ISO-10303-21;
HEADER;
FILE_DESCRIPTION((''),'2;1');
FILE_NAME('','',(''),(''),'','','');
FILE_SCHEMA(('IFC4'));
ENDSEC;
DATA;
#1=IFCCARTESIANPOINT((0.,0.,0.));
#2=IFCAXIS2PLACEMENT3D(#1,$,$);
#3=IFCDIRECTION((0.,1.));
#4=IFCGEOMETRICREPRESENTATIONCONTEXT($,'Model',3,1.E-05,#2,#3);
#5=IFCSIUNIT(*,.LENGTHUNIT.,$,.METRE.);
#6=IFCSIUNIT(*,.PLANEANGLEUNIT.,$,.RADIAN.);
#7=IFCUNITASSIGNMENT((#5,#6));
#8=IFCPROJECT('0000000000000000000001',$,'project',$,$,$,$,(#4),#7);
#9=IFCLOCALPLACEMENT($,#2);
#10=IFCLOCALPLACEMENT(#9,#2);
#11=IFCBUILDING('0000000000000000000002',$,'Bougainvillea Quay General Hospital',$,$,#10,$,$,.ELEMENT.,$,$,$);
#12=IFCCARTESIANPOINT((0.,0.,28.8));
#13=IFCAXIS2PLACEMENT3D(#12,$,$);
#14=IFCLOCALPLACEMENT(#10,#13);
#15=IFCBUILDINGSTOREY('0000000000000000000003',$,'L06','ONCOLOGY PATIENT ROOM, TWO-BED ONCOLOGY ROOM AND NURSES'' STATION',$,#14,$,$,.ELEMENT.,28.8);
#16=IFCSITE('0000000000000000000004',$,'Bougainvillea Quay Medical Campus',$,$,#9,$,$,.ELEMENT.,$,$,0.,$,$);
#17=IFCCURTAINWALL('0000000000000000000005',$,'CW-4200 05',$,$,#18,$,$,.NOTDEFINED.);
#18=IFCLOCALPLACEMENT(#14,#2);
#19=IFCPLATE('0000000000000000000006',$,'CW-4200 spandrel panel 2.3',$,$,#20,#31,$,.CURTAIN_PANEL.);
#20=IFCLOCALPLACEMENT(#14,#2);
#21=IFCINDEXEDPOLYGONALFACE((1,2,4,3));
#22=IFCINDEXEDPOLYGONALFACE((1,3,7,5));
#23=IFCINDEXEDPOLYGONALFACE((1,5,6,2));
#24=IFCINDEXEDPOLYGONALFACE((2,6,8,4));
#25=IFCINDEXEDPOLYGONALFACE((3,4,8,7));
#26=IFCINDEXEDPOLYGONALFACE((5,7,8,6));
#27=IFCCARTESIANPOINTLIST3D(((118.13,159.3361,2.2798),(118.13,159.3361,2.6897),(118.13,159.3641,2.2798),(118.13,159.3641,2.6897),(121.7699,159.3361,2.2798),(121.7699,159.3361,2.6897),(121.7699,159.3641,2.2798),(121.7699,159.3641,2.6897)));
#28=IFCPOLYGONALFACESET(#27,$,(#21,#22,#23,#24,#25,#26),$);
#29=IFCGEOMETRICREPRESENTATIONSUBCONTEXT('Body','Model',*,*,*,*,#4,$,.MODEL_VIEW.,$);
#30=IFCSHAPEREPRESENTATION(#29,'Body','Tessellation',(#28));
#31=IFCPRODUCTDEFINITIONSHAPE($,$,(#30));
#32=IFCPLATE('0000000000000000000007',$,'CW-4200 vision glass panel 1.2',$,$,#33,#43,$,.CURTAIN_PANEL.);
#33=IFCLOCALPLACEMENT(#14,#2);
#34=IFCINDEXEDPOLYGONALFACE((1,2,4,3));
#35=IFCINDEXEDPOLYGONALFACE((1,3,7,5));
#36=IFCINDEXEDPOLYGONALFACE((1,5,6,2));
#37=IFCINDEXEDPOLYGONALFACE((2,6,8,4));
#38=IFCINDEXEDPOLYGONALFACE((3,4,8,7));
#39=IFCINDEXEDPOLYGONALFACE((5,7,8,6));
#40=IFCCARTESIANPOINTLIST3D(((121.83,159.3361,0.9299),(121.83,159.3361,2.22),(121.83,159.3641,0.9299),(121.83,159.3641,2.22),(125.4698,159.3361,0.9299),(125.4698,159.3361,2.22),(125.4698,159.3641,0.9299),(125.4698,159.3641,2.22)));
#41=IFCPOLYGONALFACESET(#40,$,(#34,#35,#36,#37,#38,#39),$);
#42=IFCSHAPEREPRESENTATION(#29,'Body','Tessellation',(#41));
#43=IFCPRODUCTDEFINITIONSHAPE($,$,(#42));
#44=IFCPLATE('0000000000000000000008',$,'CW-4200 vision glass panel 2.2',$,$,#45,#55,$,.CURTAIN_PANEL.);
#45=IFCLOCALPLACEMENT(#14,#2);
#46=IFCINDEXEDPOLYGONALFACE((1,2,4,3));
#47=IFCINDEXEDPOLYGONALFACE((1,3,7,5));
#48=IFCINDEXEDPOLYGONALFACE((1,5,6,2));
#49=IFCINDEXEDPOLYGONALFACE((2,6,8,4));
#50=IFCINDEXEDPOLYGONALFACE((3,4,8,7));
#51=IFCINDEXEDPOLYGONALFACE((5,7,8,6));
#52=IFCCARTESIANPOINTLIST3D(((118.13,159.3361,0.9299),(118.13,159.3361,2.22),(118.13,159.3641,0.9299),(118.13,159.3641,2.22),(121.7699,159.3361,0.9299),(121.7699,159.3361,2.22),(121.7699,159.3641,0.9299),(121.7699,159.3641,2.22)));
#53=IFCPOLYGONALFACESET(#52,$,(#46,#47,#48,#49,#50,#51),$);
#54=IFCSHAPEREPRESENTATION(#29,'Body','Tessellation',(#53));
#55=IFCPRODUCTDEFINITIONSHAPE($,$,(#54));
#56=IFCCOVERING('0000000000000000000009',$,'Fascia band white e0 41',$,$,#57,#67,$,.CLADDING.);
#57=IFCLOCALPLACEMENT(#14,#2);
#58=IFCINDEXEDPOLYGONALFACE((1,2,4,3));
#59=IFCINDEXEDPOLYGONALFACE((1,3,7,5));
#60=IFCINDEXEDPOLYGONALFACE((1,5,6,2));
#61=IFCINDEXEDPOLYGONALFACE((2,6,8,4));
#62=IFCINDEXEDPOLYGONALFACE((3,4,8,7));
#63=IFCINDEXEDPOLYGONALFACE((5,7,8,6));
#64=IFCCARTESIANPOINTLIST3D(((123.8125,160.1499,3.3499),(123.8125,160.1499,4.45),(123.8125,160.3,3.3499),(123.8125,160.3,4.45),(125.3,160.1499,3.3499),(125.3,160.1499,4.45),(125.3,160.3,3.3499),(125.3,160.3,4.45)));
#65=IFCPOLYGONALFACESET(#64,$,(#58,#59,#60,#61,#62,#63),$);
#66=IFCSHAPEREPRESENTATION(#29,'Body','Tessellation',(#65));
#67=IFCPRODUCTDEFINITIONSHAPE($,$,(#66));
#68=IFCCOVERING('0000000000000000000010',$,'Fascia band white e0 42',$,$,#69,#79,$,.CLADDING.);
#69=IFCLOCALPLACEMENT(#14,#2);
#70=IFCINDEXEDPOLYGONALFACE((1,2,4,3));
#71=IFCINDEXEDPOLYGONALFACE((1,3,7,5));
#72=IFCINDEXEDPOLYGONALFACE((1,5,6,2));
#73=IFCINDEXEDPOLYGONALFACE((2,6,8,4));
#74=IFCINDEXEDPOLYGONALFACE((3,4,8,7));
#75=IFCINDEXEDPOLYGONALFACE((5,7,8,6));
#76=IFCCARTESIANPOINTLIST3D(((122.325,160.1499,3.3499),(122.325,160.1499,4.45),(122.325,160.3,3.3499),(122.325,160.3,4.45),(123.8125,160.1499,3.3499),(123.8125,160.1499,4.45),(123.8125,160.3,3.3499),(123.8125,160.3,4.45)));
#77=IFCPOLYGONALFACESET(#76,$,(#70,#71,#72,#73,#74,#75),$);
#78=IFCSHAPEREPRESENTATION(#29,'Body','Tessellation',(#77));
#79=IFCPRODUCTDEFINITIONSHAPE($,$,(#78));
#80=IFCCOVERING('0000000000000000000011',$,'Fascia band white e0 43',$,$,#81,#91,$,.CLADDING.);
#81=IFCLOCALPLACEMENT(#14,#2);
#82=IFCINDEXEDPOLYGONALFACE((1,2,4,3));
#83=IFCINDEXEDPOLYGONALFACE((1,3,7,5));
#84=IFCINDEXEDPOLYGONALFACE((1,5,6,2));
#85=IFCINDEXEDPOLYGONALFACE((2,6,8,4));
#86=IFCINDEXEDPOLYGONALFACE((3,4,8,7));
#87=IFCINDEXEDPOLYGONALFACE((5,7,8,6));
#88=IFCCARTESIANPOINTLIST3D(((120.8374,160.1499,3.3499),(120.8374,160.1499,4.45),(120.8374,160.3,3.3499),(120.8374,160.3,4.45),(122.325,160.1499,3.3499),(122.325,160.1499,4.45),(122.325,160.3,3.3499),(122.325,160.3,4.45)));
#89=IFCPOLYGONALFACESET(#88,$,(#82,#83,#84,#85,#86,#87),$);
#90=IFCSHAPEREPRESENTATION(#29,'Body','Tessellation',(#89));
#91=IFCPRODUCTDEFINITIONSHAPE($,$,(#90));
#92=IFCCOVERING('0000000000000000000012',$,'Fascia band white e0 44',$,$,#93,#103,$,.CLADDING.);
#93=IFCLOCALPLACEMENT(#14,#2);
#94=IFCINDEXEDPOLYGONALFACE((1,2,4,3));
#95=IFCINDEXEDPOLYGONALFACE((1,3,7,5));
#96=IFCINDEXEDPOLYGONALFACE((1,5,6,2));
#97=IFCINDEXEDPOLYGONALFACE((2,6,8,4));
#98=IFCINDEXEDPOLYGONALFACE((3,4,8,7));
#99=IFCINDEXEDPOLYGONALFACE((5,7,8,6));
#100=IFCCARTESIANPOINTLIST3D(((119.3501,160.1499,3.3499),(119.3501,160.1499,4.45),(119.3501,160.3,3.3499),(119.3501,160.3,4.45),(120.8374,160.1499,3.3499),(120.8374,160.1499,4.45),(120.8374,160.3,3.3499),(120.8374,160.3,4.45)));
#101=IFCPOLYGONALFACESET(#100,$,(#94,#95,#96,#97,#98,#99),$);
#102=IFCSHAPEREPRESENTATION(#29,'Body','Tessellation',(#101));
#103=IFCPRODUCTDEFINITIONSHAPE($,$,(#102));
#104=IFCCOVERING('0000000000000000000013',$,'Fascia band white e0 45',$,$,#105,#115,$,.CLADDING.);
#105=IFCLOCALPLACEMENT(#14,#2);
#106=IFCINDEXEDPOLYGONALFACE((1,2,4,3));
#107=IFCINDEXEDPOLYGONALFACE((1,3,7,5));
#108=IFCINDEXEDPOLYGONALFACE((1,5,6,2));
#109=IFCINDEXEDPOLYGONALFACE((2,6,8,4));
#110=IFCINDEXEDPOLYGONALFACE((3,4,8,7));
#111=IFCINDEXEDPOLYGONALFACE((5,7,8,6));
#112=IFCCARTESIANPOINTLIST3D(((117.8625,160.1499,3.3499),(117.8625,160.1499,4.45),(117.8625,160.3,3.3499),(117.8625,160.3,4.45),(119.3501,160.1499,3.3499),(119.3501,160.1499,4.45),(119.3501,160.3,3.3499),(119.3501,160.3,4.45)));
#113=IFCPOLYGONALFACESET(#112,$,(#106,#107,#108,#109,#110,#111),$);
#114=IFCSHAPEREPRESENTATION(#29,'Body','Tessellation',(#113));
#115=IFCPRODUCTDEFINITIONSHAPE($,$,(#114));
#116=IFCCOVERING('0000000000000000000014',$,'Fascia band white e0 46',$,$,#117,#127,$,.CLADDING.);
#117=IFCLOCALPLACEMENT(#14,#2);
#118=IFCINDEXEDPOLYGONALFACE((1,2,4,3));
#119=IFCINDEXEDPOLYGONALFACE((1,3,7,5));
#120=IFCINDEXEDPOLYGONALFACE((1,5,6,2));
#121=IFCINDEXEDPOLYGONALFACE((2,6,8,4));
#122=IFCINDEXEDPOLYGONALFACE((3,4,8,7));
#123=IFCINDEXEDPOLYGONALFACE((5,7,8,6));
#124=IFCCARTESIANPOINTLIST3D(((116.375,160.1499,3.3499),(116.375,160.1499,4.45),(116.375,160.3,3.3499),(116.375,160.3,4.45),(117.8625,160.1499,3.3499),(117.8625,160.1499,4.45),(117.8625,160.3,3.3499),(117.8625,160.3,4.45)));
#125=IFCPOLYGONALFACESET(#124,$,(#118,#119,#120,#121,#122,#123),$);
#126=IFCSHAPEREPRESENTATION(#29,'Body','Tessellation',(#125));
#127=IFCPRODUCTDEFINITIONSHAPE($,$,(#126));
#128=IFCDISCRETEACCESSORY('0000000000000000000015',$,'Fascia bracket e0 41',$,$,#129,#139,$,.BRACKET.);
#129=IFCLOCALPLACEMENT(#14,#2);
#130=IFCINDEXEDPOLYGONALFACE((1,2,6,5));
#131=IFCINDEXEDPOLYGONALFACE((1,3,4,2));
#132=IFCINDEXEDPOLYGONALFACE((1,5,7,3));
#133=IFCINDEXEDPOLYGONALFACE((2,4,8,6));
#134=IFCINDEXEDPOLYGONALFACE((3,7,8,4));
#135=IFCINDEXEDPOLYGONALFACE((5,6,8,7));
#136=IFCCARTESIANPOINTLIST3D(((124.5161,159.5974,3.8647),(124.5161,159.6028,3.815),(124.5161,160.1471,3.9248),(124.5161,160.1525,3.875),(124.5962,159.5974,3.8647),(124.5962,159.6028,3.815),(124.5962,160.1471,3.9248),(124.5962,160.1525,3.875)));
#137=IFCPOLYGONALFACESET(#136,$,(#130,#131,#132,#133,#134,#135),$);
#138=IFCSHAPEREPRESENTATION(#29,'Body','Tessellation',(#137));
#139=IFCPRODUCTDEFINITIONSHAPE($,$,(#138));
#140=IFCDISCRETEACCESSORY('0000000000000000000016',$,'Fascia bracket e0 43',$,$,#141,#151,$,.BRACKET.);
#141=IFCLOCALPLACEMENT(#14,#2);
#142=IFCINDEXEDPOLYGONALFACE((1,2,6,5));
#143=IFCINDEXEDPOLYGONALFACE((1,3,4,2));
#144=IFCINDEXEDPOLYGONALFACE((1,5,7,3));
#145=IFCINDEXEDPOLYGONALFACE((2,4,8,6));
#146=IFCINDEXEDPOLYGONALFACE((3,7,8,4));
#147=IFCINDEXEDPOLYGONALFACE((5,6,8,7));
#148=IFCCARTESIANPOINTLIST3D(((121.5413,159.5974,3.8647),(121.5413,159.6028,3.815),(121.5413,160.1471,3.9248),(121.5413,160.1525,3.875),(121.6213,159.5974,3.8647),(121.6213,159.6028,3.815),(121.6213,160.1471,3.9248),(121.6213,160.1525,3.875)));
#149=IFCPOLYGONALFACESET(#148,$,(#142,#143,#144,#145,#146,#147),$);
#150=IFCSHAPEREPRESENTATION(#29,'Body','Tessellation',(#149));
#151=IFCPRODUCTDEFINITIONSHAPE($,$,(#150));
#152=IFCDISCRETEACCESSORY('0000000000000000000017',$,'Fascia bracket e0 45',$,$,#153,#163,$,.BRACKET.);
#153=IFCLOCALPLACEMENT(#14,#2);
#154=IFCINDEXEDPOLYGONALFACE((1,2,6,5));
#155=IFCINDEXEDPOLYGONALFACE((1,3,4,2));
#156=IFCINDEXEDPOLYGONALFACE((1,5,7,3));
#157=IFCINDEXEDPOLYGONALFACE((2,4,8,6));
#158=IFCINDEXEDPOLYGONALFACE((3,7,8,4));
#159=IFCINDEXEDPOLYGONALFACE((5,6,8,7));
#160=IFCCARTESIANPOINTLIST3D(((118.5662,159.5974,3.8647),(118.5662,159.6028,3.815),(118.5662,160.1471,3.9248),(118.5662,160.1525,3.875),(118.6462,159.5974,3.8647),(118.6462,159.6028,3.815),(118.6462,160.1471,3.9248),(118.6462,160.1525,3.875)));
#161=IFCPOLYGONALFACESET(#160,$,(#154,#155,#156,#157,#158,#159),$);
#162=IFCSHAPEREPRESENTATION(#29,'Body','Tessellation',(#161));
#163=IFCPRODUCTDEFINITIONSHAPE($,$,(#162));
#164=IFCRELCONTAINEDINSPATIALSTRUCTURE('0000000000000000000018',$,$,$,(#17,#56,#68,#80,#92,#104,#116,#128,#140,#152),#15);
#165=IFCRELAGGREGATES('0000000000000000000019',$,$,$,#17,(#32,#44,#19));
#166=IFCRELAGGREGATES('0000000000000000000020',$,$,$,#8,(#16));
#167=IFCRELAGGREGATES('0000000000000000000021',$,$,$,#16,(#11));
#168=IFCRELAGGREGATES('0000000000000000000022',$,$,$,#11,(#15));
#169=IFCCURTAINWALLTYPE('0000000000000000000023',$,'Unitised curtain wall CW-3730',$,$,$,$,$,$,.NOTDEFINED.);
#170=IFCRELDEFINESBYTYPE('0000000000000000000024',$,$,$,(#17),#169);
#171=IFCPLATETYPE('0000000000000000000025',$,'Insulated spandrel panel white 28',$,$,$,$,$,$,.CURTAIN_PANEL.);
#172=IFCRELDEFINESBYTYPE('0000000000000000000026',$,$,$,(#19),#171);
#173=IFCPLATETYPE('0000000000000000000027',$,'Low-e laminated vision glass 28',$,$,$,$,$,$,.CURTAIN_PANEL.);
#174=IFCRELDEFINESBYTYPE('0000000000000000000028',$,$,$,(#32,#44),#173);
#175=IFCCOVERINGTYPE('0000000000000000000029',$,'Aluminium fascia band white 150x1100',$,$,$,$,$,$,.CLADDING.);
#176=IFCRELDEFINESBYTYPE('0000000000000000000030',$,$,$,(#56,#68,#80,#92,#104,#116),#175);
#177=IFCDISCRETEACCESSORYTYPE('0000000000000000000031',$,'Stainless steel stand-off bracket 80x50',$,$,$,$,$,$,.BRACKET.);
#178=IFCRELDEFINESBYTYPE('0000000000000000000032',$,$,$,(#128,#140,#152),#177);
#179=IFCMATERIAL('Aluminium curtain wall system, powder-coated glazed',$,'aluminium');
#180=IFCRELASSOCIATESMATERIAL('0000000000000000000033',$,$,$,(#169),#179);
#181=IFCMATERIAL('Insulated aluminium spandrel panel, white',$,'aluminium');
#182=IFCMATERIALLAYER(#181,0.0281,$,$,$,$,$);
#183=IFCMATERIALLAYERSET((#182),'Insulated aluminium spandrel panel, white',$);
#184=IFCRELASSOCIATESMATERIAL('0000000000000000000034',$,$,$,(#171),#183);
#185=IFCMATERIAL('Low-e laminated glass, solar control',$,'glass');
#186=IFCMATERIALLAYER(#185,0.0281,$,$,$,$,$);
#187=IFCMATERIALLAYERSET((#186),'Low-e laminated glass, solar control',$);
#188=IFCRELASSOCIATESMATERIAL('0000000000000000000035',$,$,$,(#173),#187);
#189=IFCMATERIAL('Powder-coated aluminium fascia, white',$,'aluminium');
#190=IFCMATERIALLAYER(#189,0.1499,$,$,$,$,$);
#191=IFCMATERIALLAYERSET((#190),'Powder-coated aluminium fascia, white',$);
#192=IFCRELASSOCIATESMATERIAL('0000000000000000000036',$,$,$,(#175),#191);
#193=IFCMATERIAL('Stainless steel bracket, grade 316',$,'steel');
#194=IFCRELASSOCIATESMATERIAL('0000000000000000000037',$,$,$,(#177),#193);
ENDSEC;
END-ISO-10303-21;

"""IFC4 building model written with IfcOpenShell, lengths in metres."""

from ifc_helpers import new_model, si_unit, direction, frame, origin, origin_2d, place, context, subcontext, project, spatial, polyline, rectangle, outline, extrude, material, layer, layer_set, material_profile, profile_set, type_object, element, aggregate, save


model = new_model("IFC4")

# Units and contexts
model_context = context("Model", 3, precision=1e-05, world=origin(), true_north=direction((0.0, 1.0)))
body_context = subcontext(model_context, "Body", "Model", "MODEL_VIEW")
ifc_project = project(units=[si_unit("LENGTHUNIT", "METRE"), si_unit("PLANEANGLEUNIT", "RADIAN")], contexts=[model_context])

# Site, building, storey
site_placement = place(None, origin())
site = spatial("IfcSite", under=ifc_project, at=site_placement, Name="Bougainvillea Quay Medical Campus", CompositionType="ELEMENT", RefElevation=0.0)
building_placement = place(site_placement, origin())
building = spatial("IfcBuilding", under=site, at=building_placement, Name="Bougainvillea Quay General Hospital", CompositionType="ELEMENT")
storey_placement = place(building_placement, frame((0.0, 0.0, 28.8)))
storey = spatial("IfcBuildingStorey", under=building, at=storey_placement, Name="L06", Description="ONCOLOGY PATIENT ROOM, TWO-BED ONCOLOGY ROOM AND NURSES' STATION", CompositionType="ELEMENT", Elevation=28.8)

# Curtain wall
ifc_material_1 = material(Name="Aluminium curtain wall system, powder-coated glazed", Category="aluminium")
curtain_wall_type = type_object("IfcCurtainWallType", Name="Unitised curtain wall CW-3730", PredefinedType="NOTDEFINED", material=ifc_material_1)
curtain_wall_placement = place(storey_placement, origin())
curtain_wall = element("IfcCurtainWall", 1, at=curtain_wall_placement, inside=storey, type_object=curtain_wall_type, Name="CW-4200 05", PredefinedType="NOTDEFINED")

# Plates
ifc_material_2 = material(Name="Insulated aluminium spandrel panel, white", Category="aluminium")
ifc_layer_1 = layer(ifc_material_2, 0.0281)
ifc_layer_set_1 = layer_set([ifc_layer_1], Name="Insulated aluminium spandrel panel, white")
plate_type_1 = type_object("IfcPlateType", Name="Insulated spandrel panel white 28", PredefinedType="CURTAIN_PANEL", material=ifc_layer_set_1)
plate_1_placement = place(storey_placement, frame((119.95, 159.3501, 2.2798), z_axis=(0.0, 0.0, 1.0), x_axis=(-1.0, 0.0, 0.0)))
plate_1 = element("IfcPlate", 2, at=plate_1_placement, type_object=plate_type_1, Name="CW-4200 spandrel panel 2.3", PredefinedType="CURTAIN_PANEL", context=body_context, shape_type="SweptSolid", body=[
    extrude(rectangle(XDim=3.6399, YDim=0.0281, at=origin_2d()), origin(), (0.0, 0.0, 1.0), 0.4099),
])
ifc_material_3 = material(Name="Low-e laminated glass, solar control", Category="glass")
ifc_layer_2 = layer(ifc_material_3, 0.0281)
ifc_layer_set_2 = layer_set([ifc_layer_2], Name="Low-e laminated glass, solar control")
plate_type_2 = type_object("IfcPlateType", Name="Low-e laminated vision glass 28", PredefinedType="CURTAIN_PANEL", material=ifc_layer_set_2)
plate_2_placement = place(storey_placement, frame((123.6499, 159.3501, 0.9299), z_axis=(0.0, 0.0, 1.0), x_axis=(-1.0, 0.0, 0.0)))
plate_2 = element("IfcPlate", 3, at=plate_2_placement, type_object=plate_type_2, Name="CW-4200 vision glass panel 1.2", PredefinedType="CURTAIN_PANEL", context=body_context, shape_type="SweptSolid", body=[
    extrude(rectangle(XDim=3.6399, YDim=0.0281, at=origin_2d()), origin(), (0.0, 0.0, 1.0), 1.29),
])
plate_3_placement = place(storey_placement, frame((119.95, 159.3501, 0.9299), z_axis=(0.0, 0.0, 1.0), x_axis=(-1.0, 0.0, 0.0)))
plate_3 = element("IfcPlate", 4, at=plate_3_placement, type_object=plate_type_2, Name="CW-4200 vision glass panel 2.2", PredefinedType="CURTAIN_PANEL", context=body_context, shape_type="SweptSolid", body=[
    extrude(rectangle(XDim=3.6399, YDim=0.0281, at=origin_2d()), origin(), (0.0, 0.0, 1.0), 1.29),
])
aggregate(curtain_wall, [plate_2, plate_3, plate_1])

# Coverings
ifc_material_4 = material(Name="Powder-coated aluminium fascia, white", Category="aluminium")
ifc_layer_3 = layer(ifc_material_4, 0.1499)
ifc_layer_set_3 = layer_set([ifc_layer_3], Name="Powder-coated aluminium fascia, white")
covering_type = type_object("IfcCoveringType", Name="Aluminium fascia band white 150x1100", PredefinedType="CLADDING", material=ifc_layer_set_3)
for number, where, z_axis, x_axis, name in (
    (5, (125.3, 160.1499, 3.3499), (0.0, 0.0, 1.0), (-1.0, 0.0, 0.0), "Fascia band white e0 41"),
    (6, (123.8125, 160.1499, 3.3499), (0.0, 0.0, 1.0), (-1.0, 0.0, 0.0), "Fascia band white e0 42"),
    (7, (122.325, 160.1499, 3.3499), (0.0, 0.0, 1.0), (-1.0, 0.0, 0.0), "Fascia band white e0 43"),
):
    element("IfcCovering", number, at=place(storey_placement, frame(where, z_axis=z_axis, x_axis=x_axis)), inside=storey, type_object=covering_type, Name=name, PredefinedType="CLADDING", context=body_context, shape_type="SweptSolid", body=[
        extrude(outline(polyline([(0.0, 0.0), (1.4875, 0.0), (1.4875, -0.1501), (0.0, -0.1501), (0.0, 0.0)])), origin(), (0.0, 0.0, 1.0), 1.1001),
    ])
covering_placement = place(storey_placement, frame((120.8374, 160.1499, 3.3499), z_axis=(0.0, 0.0, 1.0), x_axis=(-1.0, 0.0, 0.0)))
element("IfcCovering", 8, at=covering_placement, inside=storey, type_object=covering_type, Name="Fascia band white e0 44", PredefinedType="CLADDING", context=body_context, shape_type="SweptSolid", body=[
    extrude(outline(polyline([(0.0, 0.0), (1.4873, 0.0), (1.4873, -0.1501), (0.0, -0.1501), (0.0, 0.0)])), origin(), (0.0, 0.0, 1.0), 1.1001),
])
for number, where, z_axis, x_axis, name in (
    (9, (119.3501, 160.1499, 3.3499), (0.0, 0.0, 1.0), (-1.0, 0.0, 0.0), "Fascia band white e0 45"),
    (10, (117.8625, 160.1499, 3.3499), (0.0, 0.0, 1.0), (-1.0, 0.0, 0.0), "Fascia band white e0 46"),
):
    element("IfcCovering", number, at=place(storey_placement, frame(where, z_axis=z_axis, x_axis=x_axis)), inside=storey, type_object=covering_type, Name=name, PredefinedType="CLADDING", context=body_context, shape_type="SweptSolid", body=[
        extrude(outline(polyline([(0.0, 0.0), (1.4875, 0.0), (1.4875, -0.1501), (0.0, -0.1501), (0.0, 0.0)])), origin(), (0.0, 0.0, 1.0), 1.1001),
    ])

# Discrete accessories
ifc_material_5 = material(Name="Stainless steel bracket, grade 316", Category="steel")
ifc_material_profile_1 = material_profile(ifc_material_5, rectangle(XDim=0.0801, YDim=0.05, at=origin_2d()))
ifc_profile_set_1 = profile_set([ifc_material_profile_1], Name="Stainless steel bracket, grade 316")
discrete_accessory_type = type_object("IfcDiscreteAccessoryType", Name="Stainless steel stand-off bracket 80x50", PredefinedType="BRACKET", material=ifc_profile_set_1)
for number, where, z_axis, x_axis, name in (
    (11, (124.5562, 159.6001, 3.8398), (0.0, 0.994087, 0.10859), (-1.0, 0.0, 0.0), "Fascia bracket e0 41"),
    (12, (121.5813, 159.6001, 3.8398), (0.0, 0.994087, 0.10859), (-1.0, 0.0, 0.0), "Fascia bracket e0 43"),
    (13, (118.6062, 159.6001, 3.8398), (0.0, 0.994087, 0.10859), (-1.0, 0.0, 0.0), "Fascia bracket e0 45"),
):
    element("IfcDiscreteAccessory", number, at=place(storey_placement, frame(where, z_axis=z_axis, x_axis=x_axis)), inside=storey, type_object=discrete_accessory_type, Name=name, PredefinedType="BRACKET", context=body_context, shape_type="SweptSolid", body=[
        extrude(rectangle(XDim=0.0801, YDim=0.05, at=origin_2d()), origin(), (0.0, 0.0, 1.0), 0.553),
    ])

save(model, "model.ifc")
